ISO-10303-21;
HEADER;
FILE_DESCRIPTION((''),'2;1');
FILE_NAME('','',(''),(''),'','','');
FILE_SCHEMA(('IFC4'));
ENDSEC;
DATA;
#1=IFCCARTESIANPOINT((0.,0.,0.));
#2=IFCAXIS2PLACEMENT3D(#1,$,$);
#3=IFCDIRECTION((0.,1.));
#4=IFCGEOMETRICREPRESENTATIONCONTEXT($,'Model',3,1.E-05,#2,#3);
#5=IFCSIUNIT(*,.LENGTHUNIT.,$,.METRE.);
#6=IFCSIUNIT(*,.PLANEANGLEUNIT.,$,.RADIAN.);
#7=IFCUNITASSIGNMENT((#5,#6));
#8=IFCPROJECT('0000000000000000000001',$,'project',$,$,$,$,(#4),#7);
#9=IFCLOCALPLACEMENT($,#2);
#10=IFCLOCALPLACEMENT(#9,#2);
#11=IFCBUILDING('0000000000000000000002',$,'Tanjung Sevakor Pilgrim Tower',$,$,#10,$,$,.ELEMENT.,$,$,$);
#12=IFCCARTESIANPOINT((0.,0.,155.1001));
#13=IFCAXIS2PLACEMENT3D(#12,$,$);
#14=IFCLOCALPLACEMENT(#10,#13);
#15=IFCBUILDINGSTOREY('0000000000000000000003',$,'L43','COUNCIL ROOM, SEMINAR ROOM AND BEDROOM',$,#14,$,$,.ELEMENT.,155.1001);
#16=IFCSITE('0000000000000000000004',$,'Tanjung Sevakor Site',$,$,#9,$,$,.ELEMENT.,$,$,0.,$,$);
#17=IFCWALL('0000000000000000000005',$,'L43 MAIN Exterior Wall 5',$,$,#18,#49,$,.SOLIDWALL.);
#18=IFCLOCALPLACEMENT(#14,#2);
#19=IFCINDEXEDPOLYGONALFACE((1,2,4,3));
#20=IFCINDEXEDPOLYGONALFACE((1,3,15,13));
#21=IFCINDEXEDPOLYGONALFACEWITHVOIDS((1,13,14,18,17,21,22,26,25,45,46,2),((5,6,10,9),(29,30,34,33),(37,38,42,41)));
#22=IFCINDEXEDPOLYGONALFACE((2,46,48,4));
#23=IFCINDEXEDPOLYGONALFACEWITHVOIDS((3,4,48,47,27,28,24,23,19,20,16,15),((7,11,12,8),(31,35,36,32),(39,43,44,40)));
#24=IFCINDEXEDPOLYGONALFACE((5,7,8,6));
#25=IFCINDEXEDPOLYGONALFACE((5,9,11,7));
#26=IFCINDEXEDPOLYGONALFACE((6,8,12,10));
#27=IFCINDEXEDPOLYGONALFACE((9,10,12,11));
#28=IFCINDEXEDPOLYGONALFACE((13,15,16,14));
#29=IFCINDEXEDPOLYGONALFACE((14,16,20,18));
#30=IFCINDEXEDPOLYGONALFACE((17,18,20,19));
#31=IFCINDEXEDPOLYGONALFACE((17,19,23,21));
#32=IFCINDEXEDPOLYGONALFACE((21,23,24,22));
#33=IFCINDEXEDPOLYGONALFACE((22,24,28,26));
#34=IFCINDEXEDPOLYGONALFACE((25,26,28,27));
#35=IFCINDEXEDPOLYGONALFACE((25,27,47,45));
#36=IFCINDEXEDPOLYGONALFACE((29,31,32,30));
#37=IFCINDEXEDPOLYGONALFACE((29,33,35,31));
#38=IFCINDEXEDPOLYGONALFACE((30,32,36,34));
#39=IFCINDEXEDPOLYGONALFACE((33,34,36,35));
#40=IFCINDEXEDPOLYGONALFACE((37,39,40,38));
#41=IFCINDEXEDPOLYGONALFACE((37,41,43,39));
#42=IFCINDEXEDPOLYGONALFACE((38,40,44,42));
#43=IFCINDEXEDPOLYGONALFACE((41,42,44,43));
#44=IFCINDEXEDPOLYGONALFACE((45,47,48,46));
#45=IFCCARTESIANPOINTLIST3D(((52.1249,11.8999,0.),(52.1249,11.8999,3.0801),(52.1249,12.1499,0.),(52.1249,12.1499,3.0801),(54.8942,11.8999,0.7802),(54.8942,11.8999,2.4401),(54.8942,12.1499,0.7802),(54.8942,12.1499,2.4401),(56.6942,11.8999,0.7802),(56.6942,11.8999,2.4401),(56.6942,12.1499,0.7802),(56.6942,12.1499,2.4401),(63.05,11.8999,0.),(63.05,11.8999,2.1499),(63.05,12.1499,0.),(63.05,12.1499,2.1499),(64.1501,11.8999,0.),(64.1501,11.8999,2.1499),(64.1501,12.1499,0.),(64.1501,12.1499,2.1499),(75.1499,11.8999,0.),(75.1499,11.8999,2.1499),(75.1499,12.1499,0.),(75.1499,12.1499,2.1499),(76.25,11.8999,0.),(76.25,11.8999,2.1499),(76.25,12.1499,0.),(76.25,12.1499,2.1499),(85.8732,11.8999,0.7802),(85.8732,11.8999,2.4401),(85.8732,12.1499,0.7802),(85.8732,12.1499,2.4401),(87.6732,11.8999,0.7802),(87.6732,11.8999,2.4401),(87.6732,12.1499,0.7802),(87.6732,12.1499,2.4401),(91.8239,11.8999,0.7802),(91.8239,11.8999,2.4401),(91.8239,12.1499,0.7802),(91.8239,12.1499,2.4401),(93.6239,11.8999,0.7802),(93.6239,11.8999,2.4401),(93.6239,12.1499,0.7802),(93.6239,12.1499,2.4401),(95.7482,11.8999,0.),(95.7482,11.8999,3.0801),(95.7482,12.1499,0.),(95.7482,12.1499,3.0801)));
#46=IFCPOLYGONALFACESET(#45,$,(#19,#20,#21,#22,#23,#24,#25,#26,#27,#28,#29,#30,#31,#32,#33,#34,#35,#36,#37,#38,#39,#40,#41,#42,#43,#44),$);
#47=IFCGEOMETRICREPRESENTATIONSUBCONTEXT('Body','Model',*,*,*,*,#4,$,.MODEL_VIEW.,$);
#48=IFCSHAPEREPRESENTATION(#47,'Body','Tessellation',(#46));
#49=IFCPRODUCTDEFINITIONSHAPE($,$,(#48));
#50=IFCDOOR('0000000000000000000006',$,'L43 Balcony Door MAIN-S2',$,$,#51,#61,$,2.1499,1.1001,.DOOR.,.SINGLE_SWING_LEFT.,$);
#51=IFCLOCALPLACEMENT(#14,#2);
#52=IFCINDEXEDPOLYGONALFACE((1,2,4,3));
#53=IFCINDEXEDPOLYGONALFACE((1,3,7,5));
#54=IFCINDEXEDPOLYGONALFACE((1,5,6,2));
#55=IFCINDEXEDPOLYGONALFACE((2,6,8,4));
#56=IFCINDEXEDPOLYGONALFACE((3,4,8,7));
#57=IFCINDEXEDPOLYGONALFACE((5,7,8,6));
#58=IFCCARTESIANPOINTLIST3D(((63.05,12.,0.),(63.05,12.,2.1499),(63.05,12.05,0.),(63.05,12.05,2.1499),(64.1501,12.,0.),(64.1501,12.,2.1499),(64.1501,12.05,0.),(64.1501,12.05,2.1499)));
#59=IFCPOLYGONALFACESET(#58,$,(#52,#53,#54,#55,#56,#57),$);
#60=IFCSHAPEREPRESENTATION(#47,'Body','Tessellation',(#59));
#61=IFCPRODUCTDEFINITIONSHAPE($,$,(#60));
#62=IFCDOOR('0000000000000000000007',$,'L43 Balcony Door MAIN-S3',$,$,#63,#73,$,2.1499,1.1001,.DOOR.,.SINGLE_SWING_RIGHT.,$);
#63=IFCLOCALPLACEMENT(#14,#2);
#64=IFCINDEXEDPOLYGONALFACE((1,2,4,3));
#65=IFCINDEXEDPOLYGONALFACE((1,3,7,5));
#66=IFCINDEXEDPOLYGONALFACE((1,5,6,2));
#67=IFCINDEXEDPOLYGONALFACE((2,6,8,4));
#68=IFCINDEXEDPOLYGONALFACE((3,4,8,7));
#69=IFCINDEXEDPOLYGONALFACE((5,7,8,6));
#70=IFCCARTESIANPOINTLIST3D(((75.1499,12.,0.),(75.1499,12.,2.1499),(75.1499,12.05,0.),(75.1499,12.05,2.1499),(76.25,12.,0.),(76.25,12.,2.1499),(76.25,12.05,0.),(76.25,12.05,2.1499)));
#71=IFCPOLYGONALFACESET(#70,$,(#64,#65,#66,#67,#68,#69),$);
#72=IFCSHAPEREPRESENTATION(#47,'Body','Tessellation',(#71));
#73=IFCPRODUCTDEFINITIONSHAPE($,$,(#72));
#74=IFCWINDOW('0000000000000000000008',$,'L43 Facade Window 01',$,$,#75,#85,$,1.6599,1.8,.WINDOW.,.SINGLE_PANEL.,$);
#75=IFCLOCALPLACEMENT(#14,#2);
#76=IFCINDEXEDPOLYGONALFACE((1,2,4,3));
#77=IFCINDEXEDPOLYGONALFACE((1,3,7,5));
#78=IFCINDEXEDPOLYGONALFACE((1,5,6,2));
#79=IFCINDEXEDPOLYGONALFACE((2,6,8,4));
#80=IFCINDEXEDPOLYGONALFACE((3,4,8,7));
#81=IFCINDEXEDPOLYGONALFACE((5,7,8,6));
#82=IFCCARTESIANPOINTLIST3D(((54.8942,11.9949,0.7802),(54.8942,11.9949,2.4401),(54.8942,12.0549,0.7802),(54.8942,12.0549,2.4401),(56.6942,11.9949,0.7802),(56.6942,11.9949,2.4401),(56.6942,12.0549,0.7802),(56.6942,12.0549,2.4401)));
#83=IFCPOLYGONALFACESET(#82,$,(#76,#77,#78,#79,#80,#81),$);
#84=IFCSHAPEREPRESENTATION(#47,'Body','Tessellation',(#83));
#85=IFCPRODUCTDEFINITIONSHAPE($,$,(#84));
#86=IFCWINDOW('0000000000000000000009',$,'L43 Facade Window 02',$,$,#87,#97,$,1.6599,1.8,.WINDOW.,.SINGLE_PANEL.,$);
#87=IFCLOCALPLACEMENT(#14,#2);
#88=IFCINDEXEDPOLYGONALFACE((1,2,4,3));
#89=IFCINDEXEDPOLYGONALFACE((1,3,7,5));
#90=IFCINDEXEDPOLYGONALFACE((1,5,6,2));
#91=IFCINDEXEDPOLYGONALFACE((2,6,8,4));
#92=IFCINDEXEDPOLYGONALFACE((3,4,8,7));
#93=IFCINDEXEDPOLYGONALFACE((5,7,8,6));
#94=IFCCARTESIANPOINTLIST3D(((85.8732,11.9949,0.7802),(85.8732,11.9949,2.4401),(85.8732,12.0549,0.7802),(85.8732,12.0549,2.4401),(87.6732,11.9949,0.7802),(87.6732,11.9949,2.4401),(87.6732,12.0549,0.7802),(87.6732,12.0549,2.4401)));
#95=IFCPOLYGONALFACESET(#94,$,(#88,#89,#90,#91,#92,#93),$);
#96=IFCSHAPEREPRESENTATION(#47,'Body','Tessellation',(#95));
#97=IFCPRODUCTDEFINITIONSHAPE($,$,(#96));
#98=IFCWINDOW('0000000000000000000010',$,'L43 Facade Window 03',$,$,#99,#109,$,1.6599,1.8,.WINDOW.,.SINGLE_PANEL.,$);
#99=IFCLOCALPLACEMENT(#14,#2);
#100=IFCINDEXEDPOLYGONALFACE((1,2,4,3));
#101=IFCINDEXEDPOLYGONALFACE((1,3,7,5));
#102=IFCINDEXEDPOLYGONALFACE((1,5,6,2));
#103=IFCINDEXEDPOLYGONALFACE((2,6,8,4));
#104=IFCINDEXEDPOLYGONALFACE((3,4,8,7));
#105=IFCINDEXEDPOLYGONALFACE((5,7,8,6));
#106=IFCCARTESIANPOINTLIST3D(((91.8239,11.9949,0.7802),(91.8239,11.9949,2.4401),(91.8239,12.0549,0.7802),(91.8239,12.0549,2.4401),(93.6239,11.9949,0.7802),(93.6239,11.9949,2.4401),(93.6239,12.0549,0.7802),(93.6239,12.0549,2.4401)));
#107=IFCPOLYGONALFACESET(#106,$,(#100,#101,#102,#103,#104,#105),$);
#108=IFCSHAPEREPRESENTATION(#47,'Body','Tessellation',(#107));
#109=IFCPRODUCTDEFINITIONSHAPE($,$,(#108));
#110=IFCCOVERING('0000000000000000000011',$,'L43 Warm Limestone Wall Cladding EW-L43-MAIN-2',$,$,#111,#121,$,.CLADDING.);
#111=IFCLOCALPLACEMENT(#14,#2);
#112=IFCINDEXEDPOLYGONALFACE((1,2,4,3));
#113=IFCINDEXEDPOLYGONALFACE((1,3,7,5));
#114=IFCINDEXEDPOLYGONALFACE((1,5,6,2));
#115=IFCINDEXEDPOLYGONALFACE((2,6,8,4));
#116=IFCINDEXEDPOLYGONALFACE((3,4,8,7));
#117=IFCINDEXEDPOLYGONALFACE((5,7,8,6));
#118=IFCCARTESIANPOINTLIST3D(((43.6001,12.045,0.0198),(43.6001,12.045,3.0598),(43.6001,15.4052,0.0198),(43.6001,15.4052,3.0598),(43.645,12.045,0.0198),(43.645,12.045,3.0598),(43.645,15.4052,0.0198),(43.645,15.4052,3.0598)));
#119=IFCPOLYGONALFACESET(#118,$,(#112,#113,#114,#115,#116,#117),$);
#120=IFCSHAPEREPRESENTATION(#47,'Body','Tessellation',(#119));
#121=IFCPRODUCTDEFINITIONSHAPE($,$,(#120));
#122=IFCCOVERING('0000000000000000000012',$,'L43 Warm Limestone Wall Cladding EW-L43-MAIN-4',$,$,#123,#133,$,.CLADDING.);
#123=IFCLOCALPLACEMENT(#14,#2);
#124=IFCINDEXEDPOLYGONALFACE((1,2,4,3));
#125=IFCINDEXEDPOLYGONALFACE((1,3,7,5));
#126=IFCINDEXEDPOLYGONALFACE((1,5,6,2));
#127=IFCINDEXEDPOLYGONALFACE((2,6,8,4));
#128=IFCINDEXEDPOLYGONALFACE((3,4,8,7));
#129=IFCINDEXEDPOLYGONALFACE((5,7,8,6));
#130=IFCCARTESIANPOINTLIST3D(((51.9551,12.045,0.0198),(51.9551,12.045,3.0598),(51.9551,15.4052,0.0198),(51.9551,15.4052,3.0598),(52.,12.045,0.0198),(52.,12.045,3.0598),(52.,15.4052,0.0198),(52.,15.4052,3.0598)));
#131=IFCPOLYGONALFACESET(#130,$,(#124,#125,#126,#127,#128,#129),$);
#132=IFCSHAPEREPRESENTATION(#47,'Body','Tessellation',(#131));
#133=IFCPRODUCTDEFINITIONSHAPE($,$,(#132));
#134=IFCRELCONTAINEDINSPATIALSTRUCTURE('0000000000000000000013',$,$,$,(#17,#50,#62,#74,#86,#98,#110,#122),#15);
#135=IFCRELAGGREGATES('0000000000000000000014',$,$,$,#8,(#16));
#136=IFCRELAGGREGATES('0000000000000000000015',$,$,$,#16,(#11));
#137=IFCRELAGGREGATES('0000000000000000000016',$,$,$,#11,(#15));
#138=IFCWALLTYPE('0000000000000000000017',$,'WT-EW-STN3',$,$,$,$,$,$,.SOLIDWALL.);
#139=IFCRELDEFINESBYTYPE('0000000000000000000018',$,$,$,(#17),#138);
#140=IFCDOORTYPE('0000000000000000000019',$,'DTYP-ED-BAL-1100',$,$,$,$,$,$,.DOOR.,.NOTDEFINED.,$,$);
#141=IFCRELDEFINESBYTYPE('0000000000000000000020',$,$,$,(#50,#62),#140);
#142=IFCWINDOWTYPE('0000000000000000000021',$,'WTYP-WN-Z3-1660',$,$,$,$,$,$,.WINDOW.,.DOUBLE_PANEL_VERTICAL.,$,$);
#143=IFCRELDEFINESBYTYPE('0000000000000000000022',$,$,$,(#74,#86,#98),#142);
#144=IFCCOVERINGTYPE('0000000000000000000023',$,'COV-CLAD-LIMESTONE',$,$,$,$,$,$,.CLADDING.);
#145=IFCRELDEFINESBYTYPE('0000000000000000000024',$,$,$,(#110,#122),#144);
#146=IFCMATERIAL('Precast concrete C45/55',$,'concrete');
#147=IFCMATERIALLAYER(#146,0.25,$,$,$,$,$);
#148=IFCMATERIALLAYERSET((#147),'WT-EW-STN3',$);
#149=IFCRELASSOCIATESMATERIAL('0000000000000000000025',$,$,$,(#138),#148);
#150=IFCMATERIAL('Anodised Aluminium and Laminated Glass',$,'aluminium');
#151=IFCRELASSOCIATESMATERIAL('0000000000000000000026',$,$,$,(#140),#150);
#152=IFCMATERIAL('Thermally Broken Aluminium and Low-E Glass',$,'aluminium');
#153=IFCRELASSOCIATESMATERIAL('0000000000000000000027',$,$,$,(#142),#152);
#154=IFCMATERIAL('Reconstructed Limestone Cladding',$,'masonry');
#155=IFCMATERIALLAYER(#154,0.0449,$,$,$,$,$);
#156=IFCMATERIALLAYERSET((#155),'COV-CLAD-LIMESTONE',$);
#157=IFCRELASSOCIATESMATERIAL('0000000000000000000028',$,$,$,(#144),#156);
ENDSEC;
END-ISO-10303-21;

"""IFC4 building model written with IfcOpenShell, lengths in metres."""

from ifc_helpers import new_model, si_unit, direction, frame, frame_2d, origin, origin_2d, place, context, subcontext, project, spatial, rectangle, extrude, material, layer, layer_set, type_object, element, fill, save


model = new_model("IFC4")

# Units and contexts
model_context = context("Model", 3, precision=1e-05, world=origin(), true_north=direction((0.0, 1.0)))
body_context = subcontext(model_context, "Body", "Model", "MODEL_VIEW")
ifc_project = project(units=[si_unit("LENGTHUNIT", "METRE"), si_unit("PLANEANGLEUNIT", "RADIAN")], contexts=[model_context])

# Site, building, storey
site_placement = place(None, origin())
site = spatial("IfcSite", under=ifc_project, at=site_placement, Name="Tanjung Sevakor Site", CompositionType="ELEMENT", RefElevation=0.0)
building_placement = place(site_placement, origin())
building = spatial("IfcBuilding", under=site, at=building_placement, Name="Tanjung Sevakor Pilgrim Tower", CompositionType="ELEMENT")
storey_placement = place(building_placement, frame((0.0, 0.0, 155.1001)))
storey = spatial("IfcBuildingStorey", under=building, at=storey_placement, Name="L43", Description="COUNCIL ROOM, SEMINAR ROOM AND BEDROOM", CompositionType="ELEMENT", Elevation=155.1001)

# Shared definitions
ifc_material_1 = material(Name="Precast concrete C45/55", Category="concrete")
ifc_layer_1 = layer(ifc_material_1, 0.25)
ifc_layer_set_1 = layer_set([ifc_layer_1], Name="WT-EW-STN3")
wall_type_1 = type_object("IfcWallType", Name="WT-EW-STN3", PredefinedType="SOLIDWALL", material=ifc_layer_set_1)

# Wall, openings, doors, windows
wall_1_placement = place(storey_placement, frame((52.125, 12.0249, 0.0), z_axis=(0.0, 0.0, 1.0), x_axis=(1.0, 0.0, 0.0)))
wall_1 = element("IfcWall", 1, at=wall_1_placement, inside=storey, type_object=wall_type_1, Name="L43 MAIN Exterior Wall 5", PredefinedType="SOLIDWALL", context=body_context, shape_type="SweptSolid", body=[
    extrude(rectangle(XDim=43.6233, YDim=0.25, at=frame_2d((21.8115, 0.0))), origin(), (0.0, 0.0, 1.0), 3.0801),
])
opening_1_placement = place(wall_1_placement, frame((10.925, 0.0, 0.0)))
opening_1 = element("IfcOpeningElement", 2, at=opening_1_placement, cuts=wall_1, PredefinedType="OPENING", context=body_context, shape_type="SweptSolid", body=[
    extrude(rectangle(XDim=1.1001, YDim=2.1499, at=frame_2d((0.55, 1.075))), frame((0.0, 0.135, 0.0), z_axis=(0.0, -1.0, 0.0), x_axis=(1.0, 0.0, 0.0)), (0.0, 0.0, 1.0), 0.27),
])
opening_2_placement = place(wall_1_placement, frame((23.0249, 0.0, 0.0)))
opening_2 = element("IfcOpeningElement", 3, at=opening_2_placement, cuts=wall_1, PredefinedType="OPENING", context=body_context, shape_type="SweptSolid", body=[
    extrude(rectangle(XDim=1.1001, YDim=2.1499, at=frame_2d((0.55, 1.075))), frame((0.0, 0.135, 0.0), z_axis=(0.0, -1.0, 0.0), x_axis=(1.0, 0.0, 0.0)), (0.0, 0.0, 1.0), 0.27),
])
opening_3_placement = place(wall_1_placement, frame((2.7693, 0.0, 0.78)))
opening_3 = element("IfcOpeningElement", 4, at=opening_3_placement, cuts=wall_1, PredefinedType="OPENING", context=body_context, shape_type="SweptSolid", body=[
    extrude(rectangle(XDim=1.8, YDim=1.6599, at=frame_2d((0.8999, 0.8301))), frame((0.0, 0.135, 0.0), z_axis=(0.0, -1.0, 0.0), x_axis=(1.0, 0.0, 0.0)), (0.0, 0.0, 1.0), 0.27),
])
opening_4_placement = place(wall_1_placement, frame((33.7483, 0.0, 0.78)))
opening_4 = element("IfcOpeningElement", 5, at=opening_4_placement, cuts=wall_1, PredefinedType="OPENING", context=body_context, shape_type="SweptSolid", body=[
    extrude(rectangle(XDim=1.8, YDim=1.6599, at=frame_2d((0.8999, 0.8301))), frame((0.0, 0.135, 0.0), z_axis=(0.0, -1.0, 0.0), x_axis=(1.0, 0.0, 0.0)), (0.0, 0.0, 1.0), 0.27),
])
opening_5_placement = place(wall_1_placement, frame((39.699, 0.0, 0.78)))
opening_5 = element("IfcOpeningElement", 6, at=opening_5_placement, cuts=wall_1, PredefinedType="OPENING", context=body_context, shape_type="SweptSolid", body=[
    extrude(rectangle(XDim=1.8, YDim=1.6599, at=frame_2d((0.8999, 0.8301))), frame((0.0, 0.135, 0.0), z_axis=(0.0, -1.0, 0.0), x_axis=(1.0, 0.0, 0.0)), (0.0, 0.0, 1.0), 0.27),
])
ifc_material_2 = material(Name="Anodised Aluminium and Laminated Glass", Category="aluminium")
door_type_1 = type_object("IfcDoorType", Name="DTYP-ED-BAL-1100", OperationType="NOTDEFINED", PredefinedType="DOOR", material=ifc_material_2)
door_1_placement = place(opening_1_placement, frame((1.1001, 0.0, 0.0), z_axis=(0.0, 0.0, 1.0), x_axis=(-1.0, 0.0, 0.0)))
door_1 = element("IfcDoor", 7, at=door_1_placement, inside=storey, type_object=door_type_1, Name="L43 Balcony Door MAIN-S2", OperationType="SINGLE_SWING_LEFT", OverallHeight=2.1499, OverallWidth=1.1001, PredefinedType="DOOR", context=body_context, shape_type="SweptSolid", body=[
    extrude(rectangle(XDim=1.1001, YDim=2.1499, at=frame_2d((0.55, 1.075))), frame((0.0, 0.0249, 0.0), z_axis=(0.0, -1.0, 0.0), x_axis=(1.0, 0.0, 0.0)), (0.0, 0.0, 1.0), 0.05),
])
fill(opening_1, door_1)
door_2_placement = place(opening_2_placement, frame((1.1001, 0.0, 0.0), z_axis=(0.0, 0.0, 1.0), x_axis=(-1.0, 0.0, 0.0)))
door_2 = element("IfcDoor", 8, at=door_2_placement, inside=storey, type_object=door_type_1, Name="L43 Balcony Door MAIN-S3", OperationType="SINGLE_SWING_RIGHT", OverallHeight=2.1499, OverallWidth=1.1001, PredefinedType="DOOR", context=body_context, shape_type="SweptSolid", body=[
    extrude(rectangle(XDim=1.1001, YDim=2.1499, at=frame_2d((0.55, 1.075))), frame((0.0, 0.0249, 0.0), z_axis=(0.0, -1.0, 0.0), x_axis=(1.0, 0.0, 0.0)), (0.0, 0.0, 1.0), 0.05),
])
fill(opening_2, door_2)
ifc_material_3 = material(Name="Thermally Broken Aluminium and Low-E Glass", Category="aluminium")
window_type = type_object("IfcWindowType", Name="WTYP-WN-Z3-1660", PartitioningType="DOUBLE_PANEL_VERTICAL", PredefinedType="WINDOW", material=ifc_material_3)
window_1_placement = place(opening_3_placement, origin())
window_1 = element("IfcWindow", 9, at=window_1_placement, inside=storey, type_object=window_type, Name="L43 Facade Window 01", OverallHeight=1.6599, OverallWidth=1.8, PartitioningType="SINGLE_PANEL", PredefinedType="WINDOW", context=body_context, shape_type="SweptSolid", body=[
    extrude(rectangle(XDim=1.8, YDim=1.6599, at=frame_2d((0.8999, 0.8301))), frame((0.0, 0.03, 0.0), z_axis=(0.0, -1.0, 0.0), x_axis=(1.0, 0.0, 0.0)), (0.0, 0.0, 1.0), 0.0601),
])
fill(opening_3, window_1)
window_2_placement = place(opening_4_placement, origin())
window_2 = element("IfcWindow", 10, at=window_2_placement, inside=storey, type_object=window_type, Name="L43 Facade Window 02", OverallHeight=1.6599, OverallWidth=1.8, PartitioningType="SINGLE_PANEL", PredefinedType="WINDOW", context=body_context, shape_type="SweptSolid", body=[
    extrude(rectangle(XDim=1.8, YDim=1.6599, at=frame_2d((0.8999, 0.8301))), frame((0.0, 0.03, 0.0), z_axis=(0.0, -1.0, 0.0), x_axis=(1.0, 0.0, 0.0)), (0.0, 0.0, 1.0), 0.0601),
])
fill(opening_4, window_2)
window_3_placement = place(opening_5_placement, origin())
window_3 = element("IfcWindow", 11, at=window_3_placement, inside=storey, type_object=window_type, Name="L43 Facade Window 03", OverallHeight=1.6599, OverallWidth=1.8, PartitioningType="SINGLE_PANEL", PredefinedType="WINDOW", context=body_context, shape_type="SweptSolid", body=[
    extrude(rectangle(XDim=1.8, YDim=1.6599, at=frame_2d((0.8999, 0.8301))), frame((0.0, 0.03, 0.0), z_axis=(0.0, -1.0, 0.0), x_axis=(1.0, 0.0, 0.0)), (0.0, 0.0, 1.0), 0.0601),
])
fill(opening_5, window_3)

# Coverings
ifc_material_4 = material(Name="Reconstructed Limestone Cladding", Category="masonry")
ifc_layer_2 = layer(ifc_material_4, 0.0449)
ifc_layer_set_2 = layer_set([ifc_layer_2], Name="COV-CLAD-LIMESTONE")
covering_type = type_object("IfcCoveringType", Name="COV-CLAD-LIMESTONE", PredefinedType="CLADDING", material=ifc_layer_set_2)
for number, where, z_axis, x_axis, name in (
    (12, (43.6226, 13.7251, 0.0198), (0.0, 0.0, 1.0), (0.0, 1.0, 0.0), "L43 Warm Limestone Wall Cladding EW-L43-MAIN-2"),
    (13, (51.9775, 13.7251, 0.0198), (0.0, 0.0, 1.0), (0.0, -1.0, 0.0), "L43 Warm Limestone Wall Cladding EW-L43-MAIN-4"),
):
    element("IfcCovering", number, at=place(storey_placement, frame(where, z_axis=z_axis, x_axis=x_axis)), inside=storey, type_object=covering_type, Name=name, PredefinedType="CLADDING", context=body_context, shape_type="SweptSolid", body=[
        extrude(rectangle(XDim=3.3601, YDim=0.0449, at=origin_2d()), origin(), (0.0, 0.0, 1.0), 3.04),
    ])

save(model, "model.ifc")
